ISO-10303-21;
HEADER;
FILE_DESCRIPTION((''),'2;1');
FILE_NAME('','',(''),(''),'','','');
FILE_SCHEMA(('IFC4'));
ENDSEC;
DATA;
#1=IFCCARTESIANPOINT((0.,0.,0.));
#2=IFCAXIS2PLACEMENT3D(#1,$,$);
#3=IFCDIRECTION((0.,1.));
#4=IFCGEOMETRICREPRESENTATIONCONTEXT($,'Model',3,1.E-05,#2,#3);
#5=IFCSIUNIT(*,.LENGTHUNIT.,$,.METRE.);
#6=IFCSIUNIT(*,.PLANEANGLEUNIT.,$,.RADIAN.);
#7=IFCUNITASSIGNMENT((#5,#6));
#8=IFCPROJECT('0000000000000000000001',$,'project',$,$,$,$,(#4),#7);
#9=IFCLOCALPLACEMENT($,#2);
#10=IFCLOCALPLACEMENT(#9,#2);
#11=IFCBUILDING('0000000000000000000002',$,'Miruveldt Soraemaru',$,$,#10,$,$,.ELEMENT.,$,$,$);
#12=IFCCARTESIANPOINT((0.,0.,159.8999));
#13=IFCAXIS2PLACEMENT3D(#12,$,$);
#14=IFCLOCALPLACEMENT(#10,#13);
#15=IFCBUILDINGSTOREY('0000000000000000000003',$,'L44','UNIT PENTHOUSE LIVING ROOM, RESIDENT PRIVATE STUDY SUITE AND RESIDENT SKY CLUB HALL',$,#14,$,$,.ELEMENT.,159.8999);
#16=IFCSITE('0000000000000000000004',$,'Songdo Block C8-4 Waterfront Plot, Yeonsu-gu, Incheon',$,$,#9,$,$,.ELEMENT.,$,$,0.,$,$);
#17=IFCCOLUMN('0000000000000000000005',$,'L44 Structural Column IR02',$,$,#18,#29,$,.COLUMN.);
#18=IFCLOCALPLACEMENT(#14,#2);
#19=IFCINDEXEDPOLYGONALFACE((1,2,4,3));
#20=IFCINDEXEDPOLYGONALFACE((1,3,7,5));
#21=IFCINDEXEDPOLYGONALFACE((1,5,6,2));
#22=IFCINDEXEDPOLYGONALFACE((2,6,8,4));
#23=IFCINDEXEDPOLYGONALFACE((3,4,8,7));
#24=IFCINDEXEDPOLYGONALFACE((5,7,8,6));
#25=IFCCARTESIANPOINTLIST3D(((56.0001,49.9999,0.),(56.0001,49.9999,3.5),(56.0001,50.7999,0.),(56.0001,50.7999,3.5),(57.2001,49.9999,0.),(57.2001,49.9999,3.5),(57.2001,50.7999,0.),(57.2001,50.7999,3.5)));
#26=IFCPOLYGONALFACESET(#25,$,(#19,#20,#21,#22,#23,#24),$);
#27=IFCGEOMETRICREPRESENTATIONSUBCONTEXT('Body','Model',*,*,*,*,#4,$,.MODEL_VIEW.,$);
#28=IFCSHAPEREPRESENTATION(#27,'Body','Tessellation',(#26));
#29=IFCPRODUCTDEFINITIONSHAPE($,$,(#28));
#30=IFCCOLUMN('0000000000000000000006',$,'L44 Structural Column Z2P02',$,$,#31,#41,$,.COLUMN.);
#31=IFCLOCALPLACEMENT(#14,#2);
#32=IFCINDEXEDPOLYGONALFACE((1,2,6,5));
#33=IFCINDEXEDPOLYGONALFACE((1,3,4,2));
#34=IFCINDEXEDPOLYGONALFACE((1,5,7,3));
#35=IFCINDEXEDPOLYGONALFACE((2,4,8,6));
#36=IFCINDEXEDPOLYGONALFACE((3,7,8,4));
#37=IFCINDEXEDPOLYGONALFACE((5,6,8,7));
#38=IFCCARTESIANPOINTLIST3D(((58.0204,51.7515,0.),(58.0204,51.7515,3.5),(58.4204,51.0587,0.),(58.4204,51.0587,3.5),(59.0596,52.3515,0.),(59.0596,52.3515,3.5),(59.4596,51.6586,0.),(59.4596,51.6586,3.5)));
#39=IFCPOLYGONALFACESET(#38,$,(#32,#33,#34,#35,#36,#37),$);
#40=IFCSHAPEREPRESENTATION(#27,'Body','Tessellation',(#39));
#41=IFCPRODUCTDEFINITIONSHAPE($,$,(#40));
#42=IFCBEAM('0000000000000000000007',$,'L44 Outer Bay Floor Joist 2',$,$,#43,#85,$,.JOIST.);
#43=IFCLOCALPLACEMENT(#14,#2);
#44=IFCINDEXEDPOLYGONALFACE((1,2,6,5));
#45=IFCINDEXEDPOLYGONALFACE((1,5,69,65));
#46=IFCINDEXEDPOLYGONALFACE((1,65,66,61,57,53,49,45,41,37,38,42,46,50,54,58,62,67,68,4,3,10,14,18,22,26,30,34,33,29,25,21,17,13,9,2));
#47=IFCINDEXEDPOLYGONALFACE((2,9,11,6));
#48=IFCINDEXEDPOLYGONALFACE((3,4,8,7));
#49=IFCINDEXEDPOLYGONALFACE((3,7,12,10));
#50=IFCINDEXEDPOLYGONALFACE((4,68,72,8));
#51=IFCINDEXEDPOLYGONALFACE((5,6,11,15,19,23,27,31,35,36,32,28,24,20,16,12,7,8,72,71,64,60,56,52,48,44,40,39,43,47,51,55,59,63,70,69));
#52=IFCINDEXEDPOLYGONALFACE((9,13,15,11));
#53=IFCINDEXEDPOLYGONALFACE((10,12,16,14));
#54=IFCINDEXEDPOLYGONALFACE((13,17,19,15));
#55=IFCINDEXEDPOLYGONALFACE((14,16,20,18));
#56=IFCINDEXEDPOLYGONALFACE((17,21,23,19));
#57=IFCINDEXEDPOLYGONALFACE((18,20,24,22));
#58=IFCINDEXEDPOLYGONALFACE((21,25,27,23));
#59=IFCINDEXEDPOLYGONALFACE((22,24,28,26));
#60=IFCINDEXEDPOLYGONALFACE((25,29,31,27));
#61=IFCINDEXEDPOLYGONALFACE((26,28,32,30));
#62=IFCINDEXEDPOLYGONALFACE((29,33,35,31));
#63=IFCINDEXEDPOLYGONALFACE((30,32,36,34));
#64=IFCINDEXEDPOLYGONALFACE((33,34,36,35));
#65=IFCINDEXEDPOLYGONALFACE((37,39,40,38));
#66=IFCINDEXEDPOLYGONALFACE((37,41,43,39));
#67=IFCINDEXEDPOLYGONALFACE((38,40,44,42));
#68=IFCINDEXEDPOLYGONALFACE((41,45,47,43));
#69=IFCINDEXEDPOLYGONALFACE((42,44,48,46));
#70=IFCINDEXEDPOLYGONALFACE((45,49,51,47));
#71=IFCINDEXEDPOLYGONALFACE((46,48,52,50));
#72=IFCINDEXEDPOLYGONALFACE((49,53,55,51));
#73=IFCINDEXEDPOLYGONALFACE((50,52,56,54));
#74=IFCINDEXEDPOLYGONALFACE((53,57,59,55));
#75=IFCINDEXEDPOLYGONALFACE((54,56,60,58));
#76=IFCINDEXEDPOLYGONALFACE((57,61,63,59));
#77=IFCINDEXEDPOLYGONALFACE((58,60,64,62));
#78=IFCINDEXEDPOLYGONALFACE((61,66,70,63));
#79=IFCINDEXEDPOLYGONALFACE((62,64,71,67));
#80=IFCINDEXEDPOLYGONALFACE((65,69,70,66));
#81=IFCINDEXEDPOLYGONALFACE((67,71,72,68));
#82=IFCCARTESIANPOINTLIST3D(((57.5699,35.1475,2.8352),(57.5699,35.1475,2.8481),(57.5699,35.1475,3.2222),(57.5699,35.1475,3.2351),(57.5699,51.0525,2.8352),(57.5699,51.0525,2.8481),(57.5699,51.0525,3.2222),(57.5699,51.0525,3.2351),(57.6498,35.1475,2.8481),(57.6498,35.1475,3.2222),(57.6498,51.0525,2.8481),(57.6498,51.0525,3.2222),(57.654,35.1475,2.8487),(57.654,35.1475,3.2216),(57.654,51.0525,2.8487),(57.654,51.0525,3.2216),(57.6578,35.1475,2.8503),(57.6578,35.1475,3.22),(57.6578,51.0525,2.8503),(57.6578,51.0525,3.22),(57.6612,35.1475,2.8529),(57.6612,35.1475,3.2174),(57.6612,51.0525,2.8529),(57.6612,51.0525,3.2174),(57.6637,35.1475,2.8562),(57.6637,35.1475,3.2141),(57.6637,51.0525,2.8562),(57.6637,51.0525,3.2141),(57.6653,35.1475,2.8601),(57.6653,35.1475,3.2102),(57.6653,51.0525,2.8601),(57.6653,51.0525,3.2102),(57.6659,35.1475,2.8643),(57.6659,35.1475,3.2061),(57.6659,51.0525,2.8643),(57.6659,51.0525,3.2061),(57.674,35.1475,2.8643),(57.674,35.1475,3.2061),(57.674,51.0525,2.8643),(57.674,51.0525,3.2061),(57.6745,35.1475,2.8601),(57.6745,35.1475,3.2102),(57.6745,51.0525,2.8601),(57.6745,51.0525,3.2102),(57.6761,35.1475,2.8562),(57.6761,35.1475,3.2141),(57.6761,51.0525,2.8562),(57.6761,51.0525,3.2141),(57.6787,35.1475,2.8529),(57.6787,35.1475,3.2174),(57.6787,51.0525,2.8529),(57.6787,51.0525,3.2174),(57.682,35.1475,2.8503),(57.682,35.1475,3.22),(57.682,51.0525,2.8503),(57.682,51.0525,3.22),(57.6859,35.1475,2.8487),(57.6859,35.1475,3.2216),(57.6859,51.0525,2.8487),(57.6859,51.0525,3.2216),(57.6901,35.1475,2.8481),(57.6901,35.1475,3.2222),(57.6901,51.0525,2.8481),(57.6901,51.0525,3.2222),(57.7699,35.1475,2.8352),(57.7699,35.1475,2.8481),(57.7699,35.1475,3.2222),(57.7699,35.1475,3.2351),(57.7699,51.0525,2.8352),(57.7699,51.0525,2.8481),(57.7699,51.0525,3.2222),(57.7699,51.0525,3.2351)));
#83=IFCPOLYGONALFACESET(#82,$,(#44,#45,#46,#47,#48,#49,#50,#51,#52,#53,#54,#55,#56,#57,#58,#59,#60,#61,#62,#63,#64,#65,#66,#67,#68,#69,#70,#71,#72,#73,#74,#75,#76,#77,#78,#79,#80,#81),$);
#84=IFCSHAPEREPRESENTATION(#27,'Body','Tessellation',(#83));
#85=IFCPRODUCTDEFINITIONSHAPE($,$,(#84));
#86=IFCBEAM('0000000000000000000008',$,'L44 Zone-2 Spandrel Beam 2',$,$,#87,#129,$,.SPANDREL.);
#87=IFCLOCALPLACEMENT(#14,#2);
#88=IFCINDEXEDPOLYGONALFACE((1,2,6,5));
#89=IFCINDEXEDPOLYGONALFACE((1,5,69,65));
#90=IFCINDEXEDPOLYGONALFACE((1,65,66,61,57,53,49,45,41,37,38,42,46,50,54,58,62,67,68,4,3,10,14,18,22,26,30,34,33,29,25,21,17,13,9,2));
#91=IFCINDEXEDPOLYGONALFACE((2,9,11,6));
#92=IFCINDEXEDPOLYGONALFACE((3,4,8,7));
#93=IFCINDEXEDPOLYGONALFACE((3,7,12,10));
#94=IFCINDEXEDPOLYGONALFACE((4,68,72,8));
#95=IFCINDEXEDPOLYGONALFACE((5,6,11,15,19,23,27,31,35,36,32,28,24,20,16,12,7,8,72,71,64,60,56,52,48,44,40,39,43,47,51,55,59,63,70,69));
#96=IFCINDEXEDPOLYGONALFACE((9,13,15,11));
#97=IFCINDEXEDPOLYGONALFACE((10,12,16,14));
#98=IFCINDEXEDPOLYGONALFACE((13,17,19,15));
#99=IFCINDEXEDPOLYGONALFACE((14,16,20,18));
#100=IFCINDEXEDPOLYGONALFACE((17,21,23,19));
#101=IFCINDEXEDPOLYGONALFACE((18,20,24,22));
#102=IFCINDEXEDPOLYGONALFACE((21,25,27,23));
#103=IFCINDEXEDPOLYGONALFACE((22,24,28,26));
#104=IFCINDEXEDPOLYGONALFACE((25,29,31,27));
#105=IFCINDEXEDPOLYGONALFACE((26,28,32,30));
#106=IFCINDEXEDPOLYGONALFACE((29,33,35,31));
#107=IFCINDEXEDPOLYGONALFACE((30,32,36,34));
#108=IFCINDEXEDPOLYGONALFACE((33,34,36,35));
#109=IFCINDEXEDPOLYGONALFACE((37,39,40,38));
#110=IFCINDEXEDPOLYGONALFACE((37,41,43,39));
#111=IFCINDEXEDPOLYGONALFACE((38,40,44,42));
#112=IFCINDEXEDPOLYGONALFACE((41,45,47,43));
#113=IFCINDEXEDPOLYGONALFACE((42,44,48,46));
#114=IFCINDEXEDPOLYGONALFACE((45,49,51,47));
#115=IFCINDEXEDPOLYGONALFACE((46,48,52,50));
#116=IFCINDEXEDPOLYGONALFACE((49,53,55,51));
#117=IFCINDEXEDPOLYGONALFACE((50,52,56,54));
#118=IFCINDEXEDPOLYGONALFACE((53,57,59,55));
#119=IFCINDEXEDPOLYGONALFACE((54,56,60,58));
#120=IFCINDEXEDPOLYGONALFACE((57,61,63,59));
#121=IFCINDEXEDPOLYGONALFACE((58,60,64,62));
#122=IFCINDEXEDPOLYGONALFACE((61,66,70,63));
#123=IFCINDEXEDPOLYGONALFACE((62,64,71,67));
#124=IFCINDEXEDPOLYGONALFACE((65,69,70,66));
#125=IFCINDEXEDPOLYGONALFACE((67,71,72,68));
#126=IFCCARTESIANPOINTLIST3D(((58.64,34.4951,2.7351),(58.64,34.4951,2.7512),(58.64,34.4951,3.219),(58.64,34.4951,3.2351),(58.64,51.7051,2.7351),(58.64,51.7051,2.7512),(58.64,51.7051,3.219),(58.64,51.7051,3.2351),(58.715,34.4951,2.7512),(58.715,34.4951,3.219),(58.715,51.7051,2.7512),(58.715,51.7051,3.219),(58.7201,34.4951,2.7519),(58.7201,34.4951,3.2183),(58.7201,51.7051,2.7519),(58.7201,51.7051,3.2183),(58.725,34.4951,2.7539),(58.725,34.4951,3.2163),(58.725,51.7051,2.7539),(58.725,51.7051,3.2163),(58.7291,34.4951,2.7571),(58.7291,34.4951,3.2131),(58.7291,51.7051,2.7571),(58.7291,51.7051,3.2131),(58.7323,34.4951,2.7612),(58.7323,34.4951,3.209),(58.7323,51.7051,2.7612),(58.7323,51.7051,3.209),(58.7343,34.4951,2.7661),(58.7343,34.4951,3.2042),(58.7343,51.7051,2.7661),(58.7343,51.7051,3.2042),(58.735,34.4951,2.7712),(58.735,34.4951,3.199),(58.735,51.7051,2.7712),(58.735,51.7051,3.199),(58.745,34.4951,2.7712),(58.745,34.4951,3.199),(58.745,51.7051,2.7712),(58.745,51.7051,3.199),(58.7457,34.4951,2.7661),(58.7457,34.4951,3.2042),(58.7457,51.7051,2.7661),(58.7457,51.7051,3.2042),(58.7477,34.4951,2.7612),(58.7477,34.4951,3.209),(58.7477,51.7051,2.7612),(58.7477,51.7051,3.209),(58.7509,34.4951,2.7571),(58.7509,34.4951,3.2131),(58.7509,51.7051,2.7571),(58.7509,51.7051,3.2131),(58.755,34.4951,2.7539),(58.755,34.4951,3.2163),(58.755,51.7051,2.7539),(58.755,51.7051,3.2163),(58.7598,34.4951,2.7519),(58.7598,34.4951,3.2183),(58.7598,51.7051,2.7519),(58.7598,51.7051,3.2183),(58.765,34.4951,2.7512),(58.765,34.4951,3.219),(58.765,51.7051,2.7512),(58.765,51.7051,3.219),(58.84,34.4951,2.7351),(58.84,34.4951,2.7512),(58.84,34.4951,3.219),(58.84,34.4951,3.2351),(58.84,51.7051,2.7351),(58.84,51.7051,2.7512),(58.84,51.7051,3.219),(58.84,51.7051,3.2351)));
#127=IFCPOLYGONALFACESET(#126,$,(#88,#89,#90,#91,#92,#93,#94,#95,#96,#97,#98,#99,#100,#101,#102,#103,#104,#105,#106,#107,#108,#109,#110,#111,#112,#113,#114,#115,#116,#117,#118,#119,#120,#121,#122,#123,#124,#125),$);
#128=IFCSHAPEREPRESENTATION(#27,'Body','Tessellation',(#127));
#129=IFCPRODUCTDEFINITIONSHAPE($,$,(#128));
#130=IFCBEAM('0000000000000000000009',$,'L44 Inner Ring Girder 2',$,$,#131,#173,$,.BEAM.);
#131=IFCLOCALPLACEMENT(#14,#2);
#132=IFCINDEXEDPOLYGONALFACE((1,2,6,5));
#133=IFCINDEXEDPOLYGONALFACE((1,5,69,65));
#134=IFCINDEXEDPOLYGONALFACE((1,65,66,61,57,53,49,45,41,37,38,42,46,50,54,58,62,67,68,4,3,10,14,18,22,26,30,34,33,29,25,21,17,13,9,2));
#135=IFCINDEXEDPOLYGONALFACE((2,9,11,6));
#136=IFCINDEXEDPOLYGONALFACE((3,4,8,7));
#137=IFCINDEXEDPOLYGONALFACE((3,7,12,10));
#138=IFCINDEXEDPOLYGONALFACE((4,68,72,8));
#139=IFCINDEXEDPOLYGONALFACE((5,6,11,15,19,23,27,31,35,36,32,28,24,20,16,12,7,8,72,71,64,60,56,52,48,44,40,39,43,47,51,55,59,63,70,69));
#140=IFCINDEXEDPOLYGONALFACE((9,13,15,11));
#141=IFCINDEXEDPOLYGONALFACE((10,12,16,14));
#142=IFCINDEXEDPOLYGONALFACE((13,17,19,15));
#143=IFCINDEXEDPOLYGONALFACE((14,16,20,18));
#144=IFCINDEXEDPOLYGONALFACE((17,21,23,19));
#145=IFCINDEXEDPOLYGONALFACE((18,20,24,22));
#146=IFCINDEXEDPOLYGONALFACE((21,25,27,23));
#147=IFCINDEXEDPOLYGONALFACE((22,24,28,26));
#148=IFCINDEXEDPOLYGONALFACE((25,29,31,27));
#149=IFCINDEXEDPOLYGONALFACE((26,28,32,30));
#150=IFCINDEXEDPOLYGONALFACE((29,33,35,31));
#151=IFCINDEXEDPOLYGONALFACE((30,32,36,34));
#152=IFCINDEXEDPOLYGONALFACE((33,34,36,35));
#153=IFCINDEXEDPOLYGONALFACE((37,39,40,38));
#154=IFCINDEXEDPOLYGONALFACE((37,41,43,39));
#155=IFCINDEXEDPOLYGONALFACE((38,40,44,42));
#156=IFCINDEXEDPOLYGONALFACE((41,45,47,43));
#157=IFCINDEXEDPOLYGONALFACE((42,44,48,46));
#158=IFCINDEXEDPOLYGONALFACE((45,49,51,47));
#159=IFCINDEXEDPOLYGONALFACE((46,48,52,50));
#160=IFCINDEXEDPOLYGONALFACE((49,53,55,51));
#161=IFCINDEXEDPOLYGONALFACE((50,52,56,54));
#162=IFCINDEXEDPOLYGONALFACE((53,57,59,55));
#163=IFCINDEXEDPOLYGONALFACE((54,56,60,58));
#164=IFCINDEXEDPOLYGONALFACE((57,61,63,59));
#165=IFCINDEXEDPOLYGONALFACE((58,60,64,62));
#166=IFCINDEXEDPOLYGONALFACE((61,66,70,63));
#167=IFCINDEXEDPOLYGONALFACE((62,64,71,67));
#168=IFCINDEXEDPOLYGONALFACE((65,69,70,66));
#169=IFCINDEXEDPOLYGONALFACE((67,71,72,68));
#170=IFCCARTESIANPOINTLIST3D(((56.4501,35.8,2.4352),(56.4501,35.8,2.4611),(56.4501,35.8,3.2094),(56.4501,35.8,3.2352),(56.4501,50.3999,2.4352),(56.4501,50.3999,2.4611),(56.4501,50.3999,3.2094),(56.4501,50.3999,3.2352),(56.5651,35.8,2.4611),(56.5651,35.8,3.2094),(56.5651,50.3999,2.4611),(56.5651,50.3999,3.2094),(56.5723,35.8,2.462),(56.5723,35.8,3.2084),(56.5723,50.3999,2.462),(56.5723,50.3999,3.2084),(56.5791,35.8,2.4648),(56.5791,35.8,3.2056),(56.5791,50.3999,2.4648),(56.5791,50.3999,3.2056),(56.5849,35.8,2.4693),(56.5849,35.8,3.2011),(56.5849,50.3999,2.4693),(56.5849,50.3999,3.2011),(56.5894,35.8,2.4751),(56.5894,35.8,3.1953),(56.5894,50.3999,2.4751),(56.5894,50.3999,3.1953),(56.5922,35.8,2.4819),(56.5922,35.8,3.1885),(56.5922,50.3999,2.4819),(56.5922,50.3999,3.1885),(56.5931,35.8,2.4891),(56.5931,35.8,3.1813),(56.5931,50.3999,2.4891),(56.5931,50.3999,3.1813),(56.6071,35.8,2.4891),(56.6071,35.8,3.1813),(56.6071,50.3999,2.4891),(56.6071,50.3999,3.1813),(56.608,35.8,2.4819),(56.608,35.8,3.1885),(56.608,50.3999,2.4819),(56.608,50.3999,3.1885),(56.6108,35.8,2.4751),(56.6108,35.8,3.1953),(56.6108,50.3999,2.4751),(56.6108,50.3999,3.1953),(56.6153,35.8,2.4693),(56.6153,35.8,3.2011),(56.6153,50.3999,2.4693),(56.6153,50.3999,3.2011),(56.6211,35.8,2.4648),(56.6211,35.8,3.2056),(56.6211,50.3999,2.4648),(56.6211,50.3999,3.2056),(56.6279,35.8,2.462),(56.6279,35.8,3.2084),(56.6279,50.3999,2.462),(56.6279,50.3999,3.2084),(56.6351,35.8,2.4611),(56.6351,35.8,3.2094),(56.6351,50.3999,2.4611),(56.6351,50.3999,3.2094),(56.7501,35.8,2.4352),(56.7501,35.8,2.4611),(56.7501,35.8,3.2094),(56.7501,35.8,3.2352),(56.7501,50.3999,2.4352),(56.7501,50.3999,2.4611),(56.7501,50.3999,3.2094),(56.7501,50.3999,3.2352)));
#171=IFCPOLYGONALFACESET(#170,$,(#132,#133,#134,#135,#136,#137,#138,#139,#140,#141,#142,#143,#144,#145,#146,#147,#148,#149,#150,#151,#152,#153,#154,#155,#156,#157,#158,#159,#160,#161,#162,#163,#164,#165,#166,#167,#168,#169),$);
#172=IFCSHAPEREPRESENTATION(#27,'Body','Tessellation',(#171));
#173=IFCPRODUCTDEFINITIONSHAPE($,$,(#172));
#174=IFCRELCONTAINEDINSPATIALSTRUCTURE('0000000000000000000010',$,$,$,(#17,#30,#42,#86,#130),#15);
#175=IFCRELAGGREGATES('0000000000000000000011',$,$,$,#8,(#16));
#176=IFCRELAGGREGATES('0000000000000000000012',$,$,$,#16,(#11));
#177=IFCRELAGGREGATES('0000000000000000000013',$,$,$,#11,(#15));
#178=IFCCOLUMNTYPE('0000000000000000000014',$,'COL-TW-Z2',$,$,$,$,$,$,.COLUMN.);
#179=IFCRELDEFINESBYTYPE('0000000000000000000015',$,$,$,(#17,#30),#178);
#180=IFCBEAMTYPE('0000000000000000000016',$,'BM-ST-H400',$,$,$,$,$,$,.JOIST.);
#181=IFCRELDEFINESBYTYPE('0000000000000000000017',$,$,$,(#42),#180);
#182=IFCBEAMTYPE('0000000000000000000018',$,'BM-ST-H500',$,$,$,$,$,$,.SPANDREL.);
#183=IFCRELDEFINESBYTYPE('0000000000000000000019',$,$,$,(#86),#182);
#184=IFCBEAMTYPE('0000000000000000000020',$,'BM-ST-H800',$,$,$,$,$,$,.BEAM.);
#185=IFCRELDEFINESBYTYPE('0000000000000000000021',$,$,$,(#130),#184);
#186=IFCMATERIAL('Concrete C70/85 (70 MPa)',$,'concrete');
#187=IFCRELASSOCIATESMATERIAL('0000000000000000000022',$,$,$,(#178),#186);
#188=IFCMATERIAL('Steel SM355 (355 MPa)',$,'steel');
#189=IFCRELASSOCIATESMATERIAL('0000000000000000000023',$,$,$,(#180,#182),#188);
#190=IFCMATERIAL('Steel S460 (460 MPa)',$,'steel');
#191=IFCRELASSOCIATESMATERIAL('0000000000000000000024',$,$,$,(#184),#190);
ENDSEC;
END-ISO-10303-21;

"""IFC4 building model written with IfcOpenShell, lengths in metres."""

from ifc_helpers import new_model, si_unit, direction, frame, origin, origin_2d, place, context, subcontext, project, spatial, rectangle, i_section, extrude, material, material_profile, profile_set, type_object, element, save


model = new_model("IFC4")

# Units and contexts
model_context = context("Model", 3, precision=1e-05, world=origin(), true_north=direction((0.0, 1.0)))
body_context = subcontext(model_context, "Body", "Model", "MODEL_VIEW")
ifc_project = project(units=[si_unit("LENGTHUNIT", "METRE"), si_unit("PLANEANGLEUNIT", "RADIAN")], contexts=[model_context])

# Site, building, storey
site_placement = place(None, origin())
site = spatial("IfcSite", under=ifc_project, at=site_placement, Name="Songdo Block C8-4 Waterfront Plot, Yeonsu-gu, Incheon", CompositionType="ELEMENT", RefElevation=0.0)
building_placement = place(site_placement, origin())
building = spatial("IfcBuilding", under=site, at=building_placement, Name="Miruveldt Soraemaru", CompositionType="ELEMENT")
storey_placement = place(building_placement, frame((0.0, 0.0, 159.8999)))
storey = spatial("IfcBuildingStorey", under=building, at=storey_placement, Name="L44", Description="UNIT PENTHOUSE LIVING ROOM, RESIDENT PRIVATE STUDY SUITE AND RESIDENT SKY CLUB HALL", CompositionType="ELEMENT", Elevation=159.8999)

# Columns
ifc_material_1 = material(Name="Concrete C70/85 (70 MPa)", Category="concrete")
ifc_material_profile_1 = material_profile(ifc_material_1, rectangle(XDim=1.2, YDim=0.8, at=origin_2d()), Name="Concrete C70/85 (70 MPa)", Category="concrete")
ifc_profile_set_1 = profile_set([ifc_material_profile_1], Name="Concrete C70/85 (70 MPa)")
column_type = type_object("IfcColumnType", Name="COL-TW-Z2", PredefinedType="COLUMN", material=ifc_profile_set_1)
for number, where, z_axis, x_axis, name in (
    (1, (56.6001, 50.3999, 0.0), (0.0, 0.0, 1.0), (1.0, 0.0, 0.0), "L44 Structural Column IR02"),
    (2, (58.74, 51.7051, 0.0), (0.0, 0.0, 1.0), (0.866025, 0.5, 0.0), "L44 Structural Column Z2P02"),
):
    element("IfcColumn", number, at=place(storey_placement, frame(where, z_axis=z_axis, x_axis=x_axis)), inside=storey, type_object=column_type, Name=name, PredefinedType="COLUMN", context=body_context, shape_type="SweptSolid", body=[
        extrude(rectangle(XDim=1.2, YDim=0.8, at=origin_2d()), origin(), (0.0, 0.0, 1.0), 3.5),
    ])

# Beams
ifc_material_2 = material(Name="Steel SM355 (355 MPa)", Category="steel")
ifc_material_profile_2 = material_profile(ifc_material_2, i_section(OverallWidth=0.2, OverallDepth=0.3999, WebThickness=0.0081, FlangeThickness=0.0129, FilletRadius=0.0161, at=origin_2d()), Name="Steel SM355 (355 MPa)", Category="steel")
ifc_profile_set_2 = profile_set([ifc_material_profile_2], Name="Steel SM355 (355 MPa)")
beam_type_1 = type_object("IfcBeamType", Name="BM-ST-H400", PredefinedType="JOIST", material=ifc_profile_set_2)
beam_1_placement = place(storey_placement, frame((57.6699, 51.0525, 3.0352), z_axis=(0.0, -1.0, 0.0), x_axis=(1.0, 0.0, 0.0)))
element("IfcBeam", 3, at=beam_1_placement, inside=storey, type_object=beam_type_1, Name="L44 Outer Bay Floor Joist 2", PredefinedType="JOIST", context=body_context, shape_type="SweptSolid", body=[
    extrude(i_section(OverallWidth=0.2, OverallDepth=0.3999, WebThickness=0.0081, FlangeThickness=0.0129, FilletRadius=0.0161, at=origin_2d()), origin(), (0.0, 0.0, 1.0), 15.905),
])
ifc_material_profile_3 = material_profile(ifc_material_2, i_section(OverallWidth=0.2, OverallDepth=0.5, WebThickness=0.01, FlangeThickness=0.0161, FilletRadius=0.02, at=origin_2d()), Name="Steel SM355 (355 MPa)", Category="steel")
ifc_profile_set_3 = profile_set([ifc_material_profile_3], Name="Steel SM355 (355 MPa)")
beam_type_2 = type_object("IfcBeamType", Name="BM-ST-H500", PredefinedType="SPANDREL", material=ifc_profile_set_3)
beam_2_placement = place(storey_placement, frame((58.74, 51.7051, 2.9851), z_axis=(0.0, -1.0, 0.0), x_axis=(1.0, 0.0, 0.0)))
element("IfcBeam", 4, at=beam_2_placement, inside=storey, type_object=beam_type_2, Name="L44 Zone-2 Spandrel Beam 2", PredefinedType="SPANDREL", context=body_context, shape_type="SweptSolid", body=[
    extrude(i_section(OverallWidth=0.2, OverallDepth=0.5, WebThickness=0.01, FlangeThickness=0.0161, FilletRadius=0.02, at=origin_2d()), origin(), (0.0, 0.0, 1.0), 17.21),
])
ifc_material_3 = material(Name="Steel S460 (460 MPa)", Category="steel")
ifc_material_profile_4 = material_profile(ifc_material_3, i_section(OverallWidth=0.3, OverallDepth=0.8, WebThickness=0.0139, FlangeThickness=0.0259, FilletRadius=0.0281, at=origin_2d()), Name="Steel S460 (460 MPa)", Category="steel")
ifc_profile_set_4 = profile_set([ifc_material_profile_4], Name="Steel S460 (460 MPa)")
beam_type_3 = type_object("IfcBeamType", Name="BM-ST-H800", PredefinedType="BEAM", material=ifc_profile_set_4)
beam_3_placement = place(storey_placement, frame((56.6001, 50.3999, 2.8352), z_axis=(0.0, -1.0, 0.0), x_axis=(1.0, 0.0, 0.0)))
element("IfcBeam", 5, at=beam_3_placement, inside=storey, type_object=beam_type_3, Name="L44 Inner Ring Girder 2", PredefinedType="BEAM", context=body_context, shape_type="SweptSolid", body=[
    extrude(i_section(OverallWidth=0.3, OverallDepth=0.8, WebThickness=0.0139, FlangeThickness=0.0259, FilletRadius=0.0281, at=origin_2d()), origin(), (0.0, 0.0, 1.0), 14.5999),
])

save(model, "model.ifc")
